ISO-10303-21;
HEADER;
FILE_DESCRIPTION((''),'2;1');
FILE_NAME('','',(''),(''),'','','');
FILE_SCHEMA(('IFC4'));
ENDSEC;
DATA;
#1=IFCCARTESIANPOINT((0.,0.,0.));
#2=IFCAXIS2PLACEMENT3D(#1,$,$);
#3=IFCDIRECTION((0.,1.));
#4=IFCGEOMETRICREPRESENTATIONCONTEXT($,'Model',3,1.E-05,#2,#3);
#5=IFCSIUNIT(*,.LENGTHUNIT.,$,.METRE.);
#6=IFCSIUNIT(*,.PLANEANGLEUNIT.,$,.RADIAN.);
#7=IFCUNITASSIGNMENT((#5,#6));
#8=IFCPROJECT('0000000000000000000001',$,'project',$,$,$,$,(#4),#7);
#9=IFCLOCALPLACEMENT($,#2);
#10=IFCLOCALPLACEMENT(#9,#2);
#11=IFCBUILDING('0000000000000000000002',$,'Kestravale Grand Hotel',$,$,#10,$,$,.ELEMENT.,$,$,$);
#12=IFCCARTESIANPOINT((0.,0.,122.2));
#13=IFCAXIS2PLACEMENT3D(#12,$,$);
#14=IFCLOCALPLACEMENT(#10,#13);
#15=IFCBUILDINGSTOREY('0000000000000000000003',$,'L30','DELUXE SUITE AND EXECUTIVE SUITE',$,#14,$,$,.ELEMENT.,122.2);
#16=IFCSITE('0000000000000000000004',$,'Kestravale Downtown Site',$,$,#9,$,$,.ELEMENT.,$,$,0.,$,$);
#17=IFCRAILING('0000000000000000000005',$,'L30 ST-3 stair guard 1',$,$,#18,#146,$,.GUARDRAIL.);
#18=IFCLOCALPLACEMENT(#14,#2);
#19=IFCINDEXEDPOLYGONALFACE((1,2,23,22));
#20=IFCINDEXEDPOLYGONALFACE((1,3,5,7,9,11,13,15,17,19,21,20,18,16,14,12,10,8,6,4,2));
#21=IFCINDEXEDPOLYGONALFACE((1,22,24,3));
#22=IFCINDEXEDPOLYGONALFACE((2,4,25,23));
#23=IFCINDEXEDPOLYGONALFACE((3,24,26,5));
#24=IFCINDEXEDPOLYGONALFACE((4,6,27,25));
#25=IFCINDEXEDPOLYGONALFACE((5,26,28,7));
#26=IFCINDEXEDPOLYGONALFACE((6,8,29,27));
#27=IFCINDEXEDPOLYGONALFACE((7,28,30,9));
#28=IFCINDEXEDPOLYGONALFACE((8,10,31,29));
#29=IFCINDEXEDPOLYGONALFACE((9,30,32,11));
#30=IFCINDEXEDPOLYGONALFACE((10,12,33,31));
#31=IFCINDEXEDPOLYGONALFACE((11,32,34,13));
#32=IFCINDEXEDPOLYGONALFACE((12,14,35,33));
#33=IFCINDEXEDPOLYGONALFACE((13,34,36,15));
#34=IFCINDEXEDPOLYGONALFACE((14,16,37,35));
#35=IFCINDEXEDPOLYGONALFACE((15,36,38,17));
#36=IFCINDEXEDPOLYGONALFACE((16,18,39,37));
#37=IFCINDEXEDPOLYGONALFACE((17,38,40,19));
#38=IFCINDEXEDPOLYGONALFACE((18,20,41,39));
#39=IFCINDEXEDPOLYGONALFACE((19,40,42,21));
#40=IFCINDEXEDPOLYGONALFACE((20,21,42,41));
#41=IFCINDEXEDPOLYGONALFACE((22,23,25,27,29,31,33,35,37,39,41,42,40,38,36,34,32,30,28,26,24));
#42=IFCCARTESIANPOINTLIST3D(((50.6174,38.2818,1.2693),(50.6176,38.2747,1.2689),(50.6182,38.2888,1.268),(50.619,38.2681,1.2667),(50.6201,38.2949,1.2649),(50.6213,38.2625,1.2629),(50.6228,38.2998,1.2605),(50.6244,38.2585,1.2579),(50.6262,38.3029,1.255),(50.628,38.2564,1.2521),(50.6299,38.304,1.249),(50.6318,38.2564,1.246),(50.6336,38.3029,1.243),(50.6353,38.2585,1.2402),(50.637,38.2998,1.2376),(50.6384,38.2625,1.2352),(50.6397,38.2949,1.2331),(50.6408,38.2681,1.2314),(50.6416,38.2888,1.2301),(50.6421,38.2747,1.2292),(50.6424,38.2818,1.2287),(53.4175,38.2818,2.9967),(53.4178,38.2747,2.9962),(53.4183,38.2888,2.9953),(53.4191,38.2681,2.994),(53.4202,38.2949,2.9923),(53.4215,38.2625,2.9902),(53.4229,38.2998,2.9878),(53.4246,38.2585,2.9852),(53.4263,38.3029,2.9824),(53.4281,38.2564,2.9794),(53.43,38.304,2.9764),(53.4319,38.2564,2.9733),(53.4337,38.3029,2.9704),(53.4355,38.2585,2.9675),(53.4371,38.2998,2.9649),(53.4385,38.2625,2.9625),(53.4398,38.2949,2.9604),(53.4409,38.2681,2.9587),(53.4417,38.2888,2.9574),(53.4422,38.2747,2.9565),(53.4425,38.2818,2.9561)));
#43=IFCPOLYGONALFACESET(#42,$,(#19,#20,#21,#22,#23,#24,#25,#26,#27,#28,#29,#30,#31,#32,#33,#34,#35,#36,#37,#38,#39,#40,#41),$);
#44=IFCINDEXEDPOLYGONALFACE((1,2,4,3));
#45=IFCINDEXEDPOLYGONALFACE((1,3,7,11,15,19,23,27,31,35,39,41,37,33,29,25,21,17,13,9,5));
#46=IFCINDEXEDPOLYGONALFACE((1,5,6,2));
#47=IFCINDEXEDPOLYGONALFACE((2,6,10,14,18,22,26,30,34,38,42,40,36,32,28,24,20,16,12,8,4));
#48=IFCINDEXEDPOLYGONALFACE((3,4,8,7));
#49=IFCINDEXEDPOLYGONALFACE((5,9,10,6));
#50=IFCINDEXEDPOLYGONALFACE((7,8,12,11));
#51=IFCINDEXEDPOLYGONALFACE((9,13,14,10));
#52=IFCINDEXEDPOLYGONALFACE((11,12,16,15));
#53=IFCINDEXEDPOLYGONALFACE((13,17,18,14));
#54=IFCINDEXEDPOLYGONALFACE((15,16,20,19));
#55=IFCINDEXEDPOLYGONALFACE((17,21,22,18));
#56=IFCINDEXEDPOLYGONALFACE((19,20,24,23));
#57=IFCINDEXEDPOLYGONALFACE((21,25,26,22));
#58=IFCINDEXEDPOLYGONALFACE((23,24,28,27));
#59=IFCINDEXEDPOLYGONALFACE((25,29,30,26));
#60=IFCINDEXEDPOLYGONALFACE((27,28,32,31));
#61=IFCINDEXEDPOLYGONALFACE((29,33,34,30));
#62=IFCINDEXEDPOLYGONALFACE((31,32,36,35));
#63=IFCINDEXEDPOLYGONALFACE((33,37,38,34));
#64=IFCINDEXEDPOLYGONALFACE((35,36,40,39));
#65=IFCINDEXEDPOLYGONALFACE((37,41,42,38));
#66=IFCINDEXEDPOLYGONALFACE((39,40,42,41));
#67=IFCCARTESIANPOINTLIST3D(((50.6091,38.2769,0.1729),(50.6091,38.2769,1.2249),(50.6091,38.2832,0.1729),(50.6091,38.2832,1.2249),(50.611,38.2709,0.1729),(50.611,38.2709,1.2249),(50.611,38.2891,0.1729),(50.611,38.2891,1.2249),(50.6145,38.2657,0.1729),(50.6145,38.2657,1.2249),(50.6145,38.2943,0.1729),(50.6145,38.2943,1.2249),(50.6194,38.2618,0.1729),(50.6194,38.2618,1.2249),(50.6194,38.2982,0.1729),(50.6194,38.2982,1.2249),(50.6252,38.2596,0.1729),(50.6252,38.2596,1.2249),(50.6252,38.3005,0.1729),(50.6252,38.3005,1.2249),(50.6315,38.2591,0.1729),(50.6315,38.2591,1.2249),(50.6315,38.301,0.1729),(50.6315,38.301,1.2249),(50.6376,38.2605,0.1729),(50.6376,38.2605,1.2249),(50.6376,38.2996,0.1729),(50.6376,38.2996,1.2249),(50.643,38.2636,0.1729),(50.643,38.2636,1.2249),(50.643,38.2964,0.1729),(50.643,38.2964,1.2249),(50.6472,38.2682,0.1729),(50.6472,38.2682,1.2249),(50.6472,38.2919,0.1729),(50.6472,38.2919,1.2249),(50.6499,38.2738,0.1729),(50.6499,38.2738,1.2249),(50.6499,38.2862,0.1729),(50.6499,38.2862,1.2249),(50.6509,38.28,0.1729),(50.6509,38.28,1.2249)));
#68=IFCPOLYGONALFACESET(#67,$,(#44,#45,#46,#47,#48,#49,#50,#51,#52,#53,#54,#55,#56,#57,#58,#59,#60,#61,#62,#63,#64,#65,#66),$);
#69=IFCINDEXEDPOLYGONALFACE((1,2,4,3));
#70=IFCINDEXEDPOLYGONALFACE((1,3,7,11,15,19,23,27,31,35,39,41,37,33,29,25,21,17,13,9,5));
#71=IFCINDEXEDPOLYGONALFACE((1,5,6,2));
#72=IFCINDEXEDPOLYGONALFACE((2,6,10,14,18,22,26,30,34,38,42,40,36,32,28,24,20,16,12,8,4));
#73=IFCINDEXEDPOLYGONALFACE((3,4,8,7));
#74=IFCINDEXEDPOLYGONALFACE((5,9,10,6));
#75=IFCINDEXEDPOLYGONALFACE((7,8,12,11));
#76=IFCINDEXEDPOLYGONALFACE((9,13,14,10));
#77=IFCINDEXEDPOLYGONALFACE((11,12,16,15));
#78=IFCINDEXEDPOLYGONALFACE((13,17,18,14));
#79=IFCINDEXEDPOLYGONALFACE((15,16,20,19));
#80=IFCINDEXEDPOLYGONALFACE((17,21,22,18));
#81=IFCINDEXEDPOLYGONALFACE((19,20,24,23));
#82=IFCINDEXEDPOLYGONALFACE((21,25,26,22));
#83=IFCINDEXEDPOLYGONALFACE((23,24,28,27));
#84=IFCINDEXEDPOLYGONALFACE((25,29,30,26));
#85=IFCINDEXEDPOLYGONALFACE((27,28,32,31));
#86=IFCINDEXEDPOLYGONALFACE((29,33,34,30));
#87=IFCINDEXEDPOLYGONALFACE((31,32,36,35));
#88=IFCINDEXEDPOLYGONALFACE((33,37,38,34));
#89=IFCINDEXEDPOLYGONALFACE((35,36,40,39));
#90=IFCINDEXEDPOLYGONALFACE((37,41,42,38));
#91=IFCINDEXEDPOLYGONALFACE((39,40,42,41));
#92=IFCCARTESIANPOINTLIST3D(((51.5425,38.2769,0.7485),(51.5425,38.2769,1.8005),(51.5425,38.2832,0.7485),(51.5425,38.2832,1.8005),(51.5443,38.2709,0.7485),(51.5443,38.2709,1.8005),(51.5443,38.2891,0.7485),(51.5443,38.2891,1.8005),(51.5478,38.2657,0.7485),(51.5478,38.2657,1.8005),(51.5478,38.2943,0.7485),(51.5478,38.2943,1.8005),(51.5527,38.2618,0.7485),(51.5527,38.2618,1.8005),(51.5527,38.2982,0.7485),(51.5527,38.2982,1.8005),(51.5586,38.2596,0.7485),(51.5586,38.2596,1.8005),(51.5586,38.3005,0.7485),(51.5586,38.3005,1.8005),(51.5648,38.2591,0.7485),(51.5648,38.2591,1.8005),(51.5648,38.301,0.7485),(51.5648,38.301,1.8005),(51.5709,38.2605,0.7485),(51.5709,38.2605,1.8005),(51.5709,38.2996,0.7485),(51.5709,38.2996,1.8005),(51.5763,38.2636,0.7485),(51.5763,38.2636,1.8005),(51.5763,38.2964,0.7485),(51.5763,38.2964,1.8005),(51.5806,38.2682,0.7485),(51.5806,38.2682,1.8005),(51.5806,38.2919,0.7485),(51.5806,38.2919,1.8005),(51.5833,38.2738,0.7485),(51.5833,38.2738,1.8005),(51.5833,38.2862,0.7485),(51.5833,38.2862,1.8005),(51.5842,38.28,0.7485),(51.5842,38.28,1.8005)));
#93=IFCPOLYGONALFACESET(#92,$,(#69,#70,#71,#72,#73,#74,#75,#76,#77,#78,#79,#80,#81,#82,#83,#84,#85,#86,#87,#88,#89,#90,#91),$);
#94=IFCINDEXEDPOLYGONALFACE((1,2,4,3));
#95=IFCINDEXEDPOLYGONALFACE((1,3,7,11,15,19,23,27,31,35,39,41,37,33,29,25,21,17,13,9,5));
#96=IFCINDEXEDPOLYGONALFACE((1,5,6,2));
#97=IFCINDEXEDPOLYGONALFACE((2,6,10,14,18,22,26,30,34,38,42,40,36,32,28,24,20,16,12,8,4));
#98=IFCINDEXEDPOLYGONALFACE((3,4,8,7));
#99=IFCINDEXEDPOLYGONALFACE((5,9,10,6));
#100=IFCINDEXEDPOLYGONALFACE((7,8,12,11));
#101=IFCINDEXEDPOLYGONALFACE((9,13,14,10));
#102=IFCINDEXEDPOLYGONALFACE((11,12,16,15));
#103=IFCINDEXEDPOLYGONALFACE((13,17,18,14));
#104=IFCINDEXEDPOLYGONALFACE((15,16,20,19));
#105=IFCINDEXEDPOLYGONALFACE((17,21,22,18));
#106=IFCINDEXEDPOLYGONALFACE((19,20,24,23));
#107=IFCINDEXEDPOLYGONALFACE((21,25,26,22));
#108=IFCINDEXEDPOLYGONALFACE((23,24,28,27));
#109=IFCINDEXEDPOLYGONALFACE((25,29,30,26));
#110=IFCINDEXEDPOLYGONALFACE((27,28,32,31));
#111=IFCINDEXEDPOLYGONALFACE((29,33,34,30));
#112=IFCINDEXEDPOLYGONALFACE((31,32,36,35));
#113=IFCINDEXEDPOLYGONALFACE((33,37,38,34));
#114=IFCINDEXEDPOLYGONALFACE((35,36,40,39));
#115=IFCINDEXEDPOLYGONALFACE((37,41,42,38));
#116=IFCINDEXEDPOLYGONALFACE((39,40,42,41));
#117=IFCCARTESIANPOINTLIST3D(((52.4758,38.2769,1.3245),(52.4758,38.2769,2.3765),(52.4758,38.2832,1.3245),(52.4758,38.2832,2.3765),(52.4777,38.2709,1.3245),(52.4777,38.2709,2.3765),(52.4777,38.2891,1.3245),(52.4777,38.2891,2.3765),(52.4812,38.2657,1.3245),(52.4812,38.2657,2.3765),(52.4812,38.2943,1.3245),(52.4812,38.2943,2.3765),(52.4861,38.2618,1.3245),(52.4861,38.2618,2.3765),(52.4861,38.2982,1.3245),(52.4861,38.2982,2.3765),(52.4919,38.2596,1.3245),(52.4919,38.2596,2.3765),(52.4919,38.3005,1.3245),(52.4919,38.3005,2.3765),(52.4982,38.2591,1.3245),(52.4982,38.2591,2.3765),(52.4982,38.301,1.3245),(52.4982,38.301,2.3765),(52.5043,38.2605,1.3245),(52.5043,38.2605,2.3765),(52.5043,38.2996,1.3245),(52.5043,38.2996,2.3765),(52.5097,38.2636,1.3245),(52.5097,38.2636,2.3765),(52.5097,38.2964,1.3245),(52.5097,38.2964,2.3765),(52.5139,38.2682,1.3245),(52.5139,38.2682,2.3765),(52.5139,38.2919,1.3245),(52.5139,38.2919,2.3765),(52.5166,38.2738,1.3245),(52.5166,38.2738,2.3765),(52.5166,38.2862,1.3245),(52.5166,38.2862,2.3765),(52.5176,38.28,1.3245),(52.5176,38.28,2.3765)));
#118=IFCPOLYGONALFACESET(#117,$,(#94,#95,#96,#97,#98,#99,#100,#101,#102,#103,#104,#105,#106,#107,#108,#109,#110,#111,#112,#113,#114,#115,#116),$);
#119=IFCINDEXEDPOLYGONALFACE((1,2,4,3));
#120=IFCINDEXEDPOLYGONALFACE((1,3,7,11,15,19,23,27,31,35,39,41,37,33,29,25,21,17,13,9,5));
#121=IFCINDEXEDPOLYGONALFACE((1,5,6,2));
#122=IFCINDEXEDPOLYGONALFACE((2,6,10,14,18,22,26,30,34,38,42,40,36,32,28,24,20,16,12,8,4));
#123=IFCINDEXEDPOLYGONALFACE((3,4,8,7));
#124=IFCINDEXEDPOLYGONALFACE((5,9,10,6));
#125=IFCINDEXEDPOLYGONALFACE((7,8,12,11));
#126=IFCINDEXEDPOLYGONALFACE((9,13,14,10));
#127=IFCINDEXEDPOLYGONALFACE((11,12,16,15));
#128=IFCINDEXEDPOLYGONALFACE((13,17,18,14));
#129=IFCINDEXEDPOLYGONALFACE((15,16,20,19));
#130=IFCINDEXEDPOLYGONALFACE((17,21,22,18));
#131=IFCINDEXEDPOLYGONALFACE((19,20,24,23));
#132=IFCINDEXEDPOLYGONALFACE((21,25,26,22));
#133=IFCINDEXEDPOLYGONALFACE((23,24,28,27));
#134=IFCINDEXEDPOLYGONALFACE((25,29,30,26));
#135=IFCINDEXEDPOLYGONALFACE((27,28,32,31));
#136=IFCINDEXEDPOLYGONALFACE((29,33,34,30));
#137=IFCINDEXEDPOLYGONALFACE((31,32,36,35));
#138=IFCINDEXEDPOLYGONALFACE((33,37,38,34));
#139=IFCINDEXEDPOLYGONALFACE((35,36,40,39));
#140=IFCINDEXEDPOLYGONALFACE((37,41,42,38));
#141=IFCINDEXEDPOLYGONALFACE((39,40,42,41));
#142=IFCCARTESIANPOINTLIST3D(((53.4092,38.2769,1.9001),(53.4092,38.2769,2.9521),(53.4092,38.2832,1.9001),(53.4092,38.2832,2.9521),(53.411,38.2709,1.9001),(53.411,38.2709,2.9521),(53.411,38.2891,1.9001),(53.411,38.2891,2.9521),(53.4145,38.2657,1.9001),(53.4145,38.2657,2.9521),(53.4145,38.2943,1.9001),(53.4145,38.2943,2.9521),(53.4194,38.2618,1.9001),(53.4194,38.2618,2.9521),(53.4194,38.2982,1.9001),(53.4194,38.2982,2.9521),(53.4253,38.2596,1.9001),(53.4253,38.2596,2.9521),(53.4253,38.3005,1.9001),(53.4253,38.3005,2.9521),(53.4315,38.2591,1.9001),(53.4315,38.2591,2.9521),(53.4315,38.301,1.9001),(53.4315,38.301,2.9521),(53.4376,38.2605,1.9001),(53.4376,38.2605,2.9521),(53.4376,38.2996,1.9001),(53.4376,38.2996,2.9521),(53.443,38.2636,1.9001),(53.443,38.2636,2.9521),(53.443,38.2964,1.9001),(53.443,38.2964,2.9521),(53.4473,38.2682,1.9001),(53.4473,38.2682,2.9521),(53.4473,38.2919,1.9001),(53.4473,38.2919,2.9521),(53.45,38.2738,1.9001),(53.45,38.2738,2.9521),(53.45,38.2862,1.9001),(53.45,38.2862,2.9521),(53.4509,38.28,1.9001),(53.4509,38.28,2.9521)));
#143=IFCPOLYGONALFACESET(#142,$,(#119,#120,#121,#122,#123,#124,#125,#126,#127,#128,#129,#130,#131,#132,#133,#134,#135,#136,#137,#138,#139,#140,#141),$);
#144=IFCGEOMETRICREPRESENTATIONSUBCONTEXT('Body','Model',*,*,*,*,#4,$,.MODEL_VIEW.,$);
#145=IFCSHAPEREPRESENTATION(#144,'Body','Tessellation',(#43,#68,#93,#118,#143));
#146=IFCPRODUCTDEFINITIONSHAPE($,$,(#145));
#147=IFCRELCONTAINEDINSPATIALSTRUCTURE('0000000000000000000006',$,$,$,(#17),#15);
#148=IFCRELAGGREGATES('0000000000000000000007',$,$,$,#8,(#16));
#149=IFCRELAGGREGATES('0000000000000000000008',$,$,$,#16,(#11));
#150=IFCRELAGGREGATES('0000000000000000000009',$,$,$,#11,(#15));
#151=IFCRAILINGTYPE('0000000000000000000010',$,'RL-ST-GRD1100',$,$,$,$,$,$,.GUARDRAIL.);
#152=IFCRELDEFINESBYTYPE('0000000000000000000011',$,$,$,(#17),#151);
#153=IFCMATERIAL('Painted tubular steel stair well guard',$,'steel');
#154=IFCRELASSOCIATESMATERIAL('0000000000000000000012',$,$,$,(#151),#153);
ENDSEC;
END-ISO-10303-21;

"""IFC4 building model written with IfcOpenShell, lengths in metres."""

from ifc_helpers import new_model, si_unit, direction, frame, origin, origin_2d, place, context, subcontext, project, spatial, circle, extrude, material, type_object, element, save


model = new_model("IFC4")

# Units and contexts
model_context = context("Model", 3, precision=1e-05, world=origin(), true_north=direction((0.0, 1.0)))
body_context = subcontext(model_context, "Body", "Model", "MODEL_VIEW")
ifc_project = project(units=[si_unit("LENGTHUNIT", "METRE"), si_unit("PLANEANGLEUNIT", "RADIAN")], contexts=[model_context])

# Site, building, storey
site_placement = place(None, origin())
site = spatial("IfcSite", under=ifc_project, at=site_placement, Name="Kestravale Downtown Site", CompositionType="ELEMENT", RefElevation=0.0)
building_placement = place(site_placement, origin())
building = spatial("IfcBuilding", under=site, at=building_placement, Name="Kestravale Grand Hotel", CompositionType="ELEMENT")
storey_placement = place(building_placement, frame((0.0, 0.0, 122.2)))
storey = spatial("IfcBuildingStorey", under=building, at=storey_placement, Name="L30", Description="DELUXE SUITE AND EXECUTIVE SUITE", CompositionType="ELEMENT", Elevation=122.2)

# Railing
ifc_material_1 = material(Name="Painted tubular steel stair well guard", Category="steel")
railing_type_1 = type_object("IfcRailingType", Name="RL-ST-GRD1100", PredefinedType="GUARDRAIL", material=ifc_material_1)
railing_1_placement = place(storey_placement, frame((50.6299, 38.28, 0.1729)))
element("IfcRailing", 1, at=railing_1_placement, inside=storey, type_object=railing_type_1, Name="L30 ST-3 stair guard 1", PredefinedType="GUARDRAIL", context=body_context, shape_type="SweptSolid", body=[
    extrude(circle(Radius=0.0239, at=origin_2d()), frame((0.0, 0.0, 1.0762), z_axis=(0.85109, 0.0, 0.52502), x_axis=(0.0, 1.0, 0.0)), (0.0, 0.0, 1.0), 3.29),
    extrude(circle(Radius=0.021, at=origin_2d()), origin(), (0.0, 0.0, 1.0), 1.052),
    extrude(circle(Radius=0.021, at=origin_2d()), frame((0.9333, 0.0, 0.5757)), (0.0, 0.0, 1.0), 1.052),
    extrude(circle(Radius=0.021, at=origin_2d()), frame((1.8667, 0.0, 1.1516)), (0.0, 0.0, 1.0), 1.052),
    extrude(circle(Radius=0.021, at=origin_2d()), frame((2.8, 0.0, 1.7273)), (0.0, 0.0, 1.0), 1.052),
])

save(model, "model.ifc")
